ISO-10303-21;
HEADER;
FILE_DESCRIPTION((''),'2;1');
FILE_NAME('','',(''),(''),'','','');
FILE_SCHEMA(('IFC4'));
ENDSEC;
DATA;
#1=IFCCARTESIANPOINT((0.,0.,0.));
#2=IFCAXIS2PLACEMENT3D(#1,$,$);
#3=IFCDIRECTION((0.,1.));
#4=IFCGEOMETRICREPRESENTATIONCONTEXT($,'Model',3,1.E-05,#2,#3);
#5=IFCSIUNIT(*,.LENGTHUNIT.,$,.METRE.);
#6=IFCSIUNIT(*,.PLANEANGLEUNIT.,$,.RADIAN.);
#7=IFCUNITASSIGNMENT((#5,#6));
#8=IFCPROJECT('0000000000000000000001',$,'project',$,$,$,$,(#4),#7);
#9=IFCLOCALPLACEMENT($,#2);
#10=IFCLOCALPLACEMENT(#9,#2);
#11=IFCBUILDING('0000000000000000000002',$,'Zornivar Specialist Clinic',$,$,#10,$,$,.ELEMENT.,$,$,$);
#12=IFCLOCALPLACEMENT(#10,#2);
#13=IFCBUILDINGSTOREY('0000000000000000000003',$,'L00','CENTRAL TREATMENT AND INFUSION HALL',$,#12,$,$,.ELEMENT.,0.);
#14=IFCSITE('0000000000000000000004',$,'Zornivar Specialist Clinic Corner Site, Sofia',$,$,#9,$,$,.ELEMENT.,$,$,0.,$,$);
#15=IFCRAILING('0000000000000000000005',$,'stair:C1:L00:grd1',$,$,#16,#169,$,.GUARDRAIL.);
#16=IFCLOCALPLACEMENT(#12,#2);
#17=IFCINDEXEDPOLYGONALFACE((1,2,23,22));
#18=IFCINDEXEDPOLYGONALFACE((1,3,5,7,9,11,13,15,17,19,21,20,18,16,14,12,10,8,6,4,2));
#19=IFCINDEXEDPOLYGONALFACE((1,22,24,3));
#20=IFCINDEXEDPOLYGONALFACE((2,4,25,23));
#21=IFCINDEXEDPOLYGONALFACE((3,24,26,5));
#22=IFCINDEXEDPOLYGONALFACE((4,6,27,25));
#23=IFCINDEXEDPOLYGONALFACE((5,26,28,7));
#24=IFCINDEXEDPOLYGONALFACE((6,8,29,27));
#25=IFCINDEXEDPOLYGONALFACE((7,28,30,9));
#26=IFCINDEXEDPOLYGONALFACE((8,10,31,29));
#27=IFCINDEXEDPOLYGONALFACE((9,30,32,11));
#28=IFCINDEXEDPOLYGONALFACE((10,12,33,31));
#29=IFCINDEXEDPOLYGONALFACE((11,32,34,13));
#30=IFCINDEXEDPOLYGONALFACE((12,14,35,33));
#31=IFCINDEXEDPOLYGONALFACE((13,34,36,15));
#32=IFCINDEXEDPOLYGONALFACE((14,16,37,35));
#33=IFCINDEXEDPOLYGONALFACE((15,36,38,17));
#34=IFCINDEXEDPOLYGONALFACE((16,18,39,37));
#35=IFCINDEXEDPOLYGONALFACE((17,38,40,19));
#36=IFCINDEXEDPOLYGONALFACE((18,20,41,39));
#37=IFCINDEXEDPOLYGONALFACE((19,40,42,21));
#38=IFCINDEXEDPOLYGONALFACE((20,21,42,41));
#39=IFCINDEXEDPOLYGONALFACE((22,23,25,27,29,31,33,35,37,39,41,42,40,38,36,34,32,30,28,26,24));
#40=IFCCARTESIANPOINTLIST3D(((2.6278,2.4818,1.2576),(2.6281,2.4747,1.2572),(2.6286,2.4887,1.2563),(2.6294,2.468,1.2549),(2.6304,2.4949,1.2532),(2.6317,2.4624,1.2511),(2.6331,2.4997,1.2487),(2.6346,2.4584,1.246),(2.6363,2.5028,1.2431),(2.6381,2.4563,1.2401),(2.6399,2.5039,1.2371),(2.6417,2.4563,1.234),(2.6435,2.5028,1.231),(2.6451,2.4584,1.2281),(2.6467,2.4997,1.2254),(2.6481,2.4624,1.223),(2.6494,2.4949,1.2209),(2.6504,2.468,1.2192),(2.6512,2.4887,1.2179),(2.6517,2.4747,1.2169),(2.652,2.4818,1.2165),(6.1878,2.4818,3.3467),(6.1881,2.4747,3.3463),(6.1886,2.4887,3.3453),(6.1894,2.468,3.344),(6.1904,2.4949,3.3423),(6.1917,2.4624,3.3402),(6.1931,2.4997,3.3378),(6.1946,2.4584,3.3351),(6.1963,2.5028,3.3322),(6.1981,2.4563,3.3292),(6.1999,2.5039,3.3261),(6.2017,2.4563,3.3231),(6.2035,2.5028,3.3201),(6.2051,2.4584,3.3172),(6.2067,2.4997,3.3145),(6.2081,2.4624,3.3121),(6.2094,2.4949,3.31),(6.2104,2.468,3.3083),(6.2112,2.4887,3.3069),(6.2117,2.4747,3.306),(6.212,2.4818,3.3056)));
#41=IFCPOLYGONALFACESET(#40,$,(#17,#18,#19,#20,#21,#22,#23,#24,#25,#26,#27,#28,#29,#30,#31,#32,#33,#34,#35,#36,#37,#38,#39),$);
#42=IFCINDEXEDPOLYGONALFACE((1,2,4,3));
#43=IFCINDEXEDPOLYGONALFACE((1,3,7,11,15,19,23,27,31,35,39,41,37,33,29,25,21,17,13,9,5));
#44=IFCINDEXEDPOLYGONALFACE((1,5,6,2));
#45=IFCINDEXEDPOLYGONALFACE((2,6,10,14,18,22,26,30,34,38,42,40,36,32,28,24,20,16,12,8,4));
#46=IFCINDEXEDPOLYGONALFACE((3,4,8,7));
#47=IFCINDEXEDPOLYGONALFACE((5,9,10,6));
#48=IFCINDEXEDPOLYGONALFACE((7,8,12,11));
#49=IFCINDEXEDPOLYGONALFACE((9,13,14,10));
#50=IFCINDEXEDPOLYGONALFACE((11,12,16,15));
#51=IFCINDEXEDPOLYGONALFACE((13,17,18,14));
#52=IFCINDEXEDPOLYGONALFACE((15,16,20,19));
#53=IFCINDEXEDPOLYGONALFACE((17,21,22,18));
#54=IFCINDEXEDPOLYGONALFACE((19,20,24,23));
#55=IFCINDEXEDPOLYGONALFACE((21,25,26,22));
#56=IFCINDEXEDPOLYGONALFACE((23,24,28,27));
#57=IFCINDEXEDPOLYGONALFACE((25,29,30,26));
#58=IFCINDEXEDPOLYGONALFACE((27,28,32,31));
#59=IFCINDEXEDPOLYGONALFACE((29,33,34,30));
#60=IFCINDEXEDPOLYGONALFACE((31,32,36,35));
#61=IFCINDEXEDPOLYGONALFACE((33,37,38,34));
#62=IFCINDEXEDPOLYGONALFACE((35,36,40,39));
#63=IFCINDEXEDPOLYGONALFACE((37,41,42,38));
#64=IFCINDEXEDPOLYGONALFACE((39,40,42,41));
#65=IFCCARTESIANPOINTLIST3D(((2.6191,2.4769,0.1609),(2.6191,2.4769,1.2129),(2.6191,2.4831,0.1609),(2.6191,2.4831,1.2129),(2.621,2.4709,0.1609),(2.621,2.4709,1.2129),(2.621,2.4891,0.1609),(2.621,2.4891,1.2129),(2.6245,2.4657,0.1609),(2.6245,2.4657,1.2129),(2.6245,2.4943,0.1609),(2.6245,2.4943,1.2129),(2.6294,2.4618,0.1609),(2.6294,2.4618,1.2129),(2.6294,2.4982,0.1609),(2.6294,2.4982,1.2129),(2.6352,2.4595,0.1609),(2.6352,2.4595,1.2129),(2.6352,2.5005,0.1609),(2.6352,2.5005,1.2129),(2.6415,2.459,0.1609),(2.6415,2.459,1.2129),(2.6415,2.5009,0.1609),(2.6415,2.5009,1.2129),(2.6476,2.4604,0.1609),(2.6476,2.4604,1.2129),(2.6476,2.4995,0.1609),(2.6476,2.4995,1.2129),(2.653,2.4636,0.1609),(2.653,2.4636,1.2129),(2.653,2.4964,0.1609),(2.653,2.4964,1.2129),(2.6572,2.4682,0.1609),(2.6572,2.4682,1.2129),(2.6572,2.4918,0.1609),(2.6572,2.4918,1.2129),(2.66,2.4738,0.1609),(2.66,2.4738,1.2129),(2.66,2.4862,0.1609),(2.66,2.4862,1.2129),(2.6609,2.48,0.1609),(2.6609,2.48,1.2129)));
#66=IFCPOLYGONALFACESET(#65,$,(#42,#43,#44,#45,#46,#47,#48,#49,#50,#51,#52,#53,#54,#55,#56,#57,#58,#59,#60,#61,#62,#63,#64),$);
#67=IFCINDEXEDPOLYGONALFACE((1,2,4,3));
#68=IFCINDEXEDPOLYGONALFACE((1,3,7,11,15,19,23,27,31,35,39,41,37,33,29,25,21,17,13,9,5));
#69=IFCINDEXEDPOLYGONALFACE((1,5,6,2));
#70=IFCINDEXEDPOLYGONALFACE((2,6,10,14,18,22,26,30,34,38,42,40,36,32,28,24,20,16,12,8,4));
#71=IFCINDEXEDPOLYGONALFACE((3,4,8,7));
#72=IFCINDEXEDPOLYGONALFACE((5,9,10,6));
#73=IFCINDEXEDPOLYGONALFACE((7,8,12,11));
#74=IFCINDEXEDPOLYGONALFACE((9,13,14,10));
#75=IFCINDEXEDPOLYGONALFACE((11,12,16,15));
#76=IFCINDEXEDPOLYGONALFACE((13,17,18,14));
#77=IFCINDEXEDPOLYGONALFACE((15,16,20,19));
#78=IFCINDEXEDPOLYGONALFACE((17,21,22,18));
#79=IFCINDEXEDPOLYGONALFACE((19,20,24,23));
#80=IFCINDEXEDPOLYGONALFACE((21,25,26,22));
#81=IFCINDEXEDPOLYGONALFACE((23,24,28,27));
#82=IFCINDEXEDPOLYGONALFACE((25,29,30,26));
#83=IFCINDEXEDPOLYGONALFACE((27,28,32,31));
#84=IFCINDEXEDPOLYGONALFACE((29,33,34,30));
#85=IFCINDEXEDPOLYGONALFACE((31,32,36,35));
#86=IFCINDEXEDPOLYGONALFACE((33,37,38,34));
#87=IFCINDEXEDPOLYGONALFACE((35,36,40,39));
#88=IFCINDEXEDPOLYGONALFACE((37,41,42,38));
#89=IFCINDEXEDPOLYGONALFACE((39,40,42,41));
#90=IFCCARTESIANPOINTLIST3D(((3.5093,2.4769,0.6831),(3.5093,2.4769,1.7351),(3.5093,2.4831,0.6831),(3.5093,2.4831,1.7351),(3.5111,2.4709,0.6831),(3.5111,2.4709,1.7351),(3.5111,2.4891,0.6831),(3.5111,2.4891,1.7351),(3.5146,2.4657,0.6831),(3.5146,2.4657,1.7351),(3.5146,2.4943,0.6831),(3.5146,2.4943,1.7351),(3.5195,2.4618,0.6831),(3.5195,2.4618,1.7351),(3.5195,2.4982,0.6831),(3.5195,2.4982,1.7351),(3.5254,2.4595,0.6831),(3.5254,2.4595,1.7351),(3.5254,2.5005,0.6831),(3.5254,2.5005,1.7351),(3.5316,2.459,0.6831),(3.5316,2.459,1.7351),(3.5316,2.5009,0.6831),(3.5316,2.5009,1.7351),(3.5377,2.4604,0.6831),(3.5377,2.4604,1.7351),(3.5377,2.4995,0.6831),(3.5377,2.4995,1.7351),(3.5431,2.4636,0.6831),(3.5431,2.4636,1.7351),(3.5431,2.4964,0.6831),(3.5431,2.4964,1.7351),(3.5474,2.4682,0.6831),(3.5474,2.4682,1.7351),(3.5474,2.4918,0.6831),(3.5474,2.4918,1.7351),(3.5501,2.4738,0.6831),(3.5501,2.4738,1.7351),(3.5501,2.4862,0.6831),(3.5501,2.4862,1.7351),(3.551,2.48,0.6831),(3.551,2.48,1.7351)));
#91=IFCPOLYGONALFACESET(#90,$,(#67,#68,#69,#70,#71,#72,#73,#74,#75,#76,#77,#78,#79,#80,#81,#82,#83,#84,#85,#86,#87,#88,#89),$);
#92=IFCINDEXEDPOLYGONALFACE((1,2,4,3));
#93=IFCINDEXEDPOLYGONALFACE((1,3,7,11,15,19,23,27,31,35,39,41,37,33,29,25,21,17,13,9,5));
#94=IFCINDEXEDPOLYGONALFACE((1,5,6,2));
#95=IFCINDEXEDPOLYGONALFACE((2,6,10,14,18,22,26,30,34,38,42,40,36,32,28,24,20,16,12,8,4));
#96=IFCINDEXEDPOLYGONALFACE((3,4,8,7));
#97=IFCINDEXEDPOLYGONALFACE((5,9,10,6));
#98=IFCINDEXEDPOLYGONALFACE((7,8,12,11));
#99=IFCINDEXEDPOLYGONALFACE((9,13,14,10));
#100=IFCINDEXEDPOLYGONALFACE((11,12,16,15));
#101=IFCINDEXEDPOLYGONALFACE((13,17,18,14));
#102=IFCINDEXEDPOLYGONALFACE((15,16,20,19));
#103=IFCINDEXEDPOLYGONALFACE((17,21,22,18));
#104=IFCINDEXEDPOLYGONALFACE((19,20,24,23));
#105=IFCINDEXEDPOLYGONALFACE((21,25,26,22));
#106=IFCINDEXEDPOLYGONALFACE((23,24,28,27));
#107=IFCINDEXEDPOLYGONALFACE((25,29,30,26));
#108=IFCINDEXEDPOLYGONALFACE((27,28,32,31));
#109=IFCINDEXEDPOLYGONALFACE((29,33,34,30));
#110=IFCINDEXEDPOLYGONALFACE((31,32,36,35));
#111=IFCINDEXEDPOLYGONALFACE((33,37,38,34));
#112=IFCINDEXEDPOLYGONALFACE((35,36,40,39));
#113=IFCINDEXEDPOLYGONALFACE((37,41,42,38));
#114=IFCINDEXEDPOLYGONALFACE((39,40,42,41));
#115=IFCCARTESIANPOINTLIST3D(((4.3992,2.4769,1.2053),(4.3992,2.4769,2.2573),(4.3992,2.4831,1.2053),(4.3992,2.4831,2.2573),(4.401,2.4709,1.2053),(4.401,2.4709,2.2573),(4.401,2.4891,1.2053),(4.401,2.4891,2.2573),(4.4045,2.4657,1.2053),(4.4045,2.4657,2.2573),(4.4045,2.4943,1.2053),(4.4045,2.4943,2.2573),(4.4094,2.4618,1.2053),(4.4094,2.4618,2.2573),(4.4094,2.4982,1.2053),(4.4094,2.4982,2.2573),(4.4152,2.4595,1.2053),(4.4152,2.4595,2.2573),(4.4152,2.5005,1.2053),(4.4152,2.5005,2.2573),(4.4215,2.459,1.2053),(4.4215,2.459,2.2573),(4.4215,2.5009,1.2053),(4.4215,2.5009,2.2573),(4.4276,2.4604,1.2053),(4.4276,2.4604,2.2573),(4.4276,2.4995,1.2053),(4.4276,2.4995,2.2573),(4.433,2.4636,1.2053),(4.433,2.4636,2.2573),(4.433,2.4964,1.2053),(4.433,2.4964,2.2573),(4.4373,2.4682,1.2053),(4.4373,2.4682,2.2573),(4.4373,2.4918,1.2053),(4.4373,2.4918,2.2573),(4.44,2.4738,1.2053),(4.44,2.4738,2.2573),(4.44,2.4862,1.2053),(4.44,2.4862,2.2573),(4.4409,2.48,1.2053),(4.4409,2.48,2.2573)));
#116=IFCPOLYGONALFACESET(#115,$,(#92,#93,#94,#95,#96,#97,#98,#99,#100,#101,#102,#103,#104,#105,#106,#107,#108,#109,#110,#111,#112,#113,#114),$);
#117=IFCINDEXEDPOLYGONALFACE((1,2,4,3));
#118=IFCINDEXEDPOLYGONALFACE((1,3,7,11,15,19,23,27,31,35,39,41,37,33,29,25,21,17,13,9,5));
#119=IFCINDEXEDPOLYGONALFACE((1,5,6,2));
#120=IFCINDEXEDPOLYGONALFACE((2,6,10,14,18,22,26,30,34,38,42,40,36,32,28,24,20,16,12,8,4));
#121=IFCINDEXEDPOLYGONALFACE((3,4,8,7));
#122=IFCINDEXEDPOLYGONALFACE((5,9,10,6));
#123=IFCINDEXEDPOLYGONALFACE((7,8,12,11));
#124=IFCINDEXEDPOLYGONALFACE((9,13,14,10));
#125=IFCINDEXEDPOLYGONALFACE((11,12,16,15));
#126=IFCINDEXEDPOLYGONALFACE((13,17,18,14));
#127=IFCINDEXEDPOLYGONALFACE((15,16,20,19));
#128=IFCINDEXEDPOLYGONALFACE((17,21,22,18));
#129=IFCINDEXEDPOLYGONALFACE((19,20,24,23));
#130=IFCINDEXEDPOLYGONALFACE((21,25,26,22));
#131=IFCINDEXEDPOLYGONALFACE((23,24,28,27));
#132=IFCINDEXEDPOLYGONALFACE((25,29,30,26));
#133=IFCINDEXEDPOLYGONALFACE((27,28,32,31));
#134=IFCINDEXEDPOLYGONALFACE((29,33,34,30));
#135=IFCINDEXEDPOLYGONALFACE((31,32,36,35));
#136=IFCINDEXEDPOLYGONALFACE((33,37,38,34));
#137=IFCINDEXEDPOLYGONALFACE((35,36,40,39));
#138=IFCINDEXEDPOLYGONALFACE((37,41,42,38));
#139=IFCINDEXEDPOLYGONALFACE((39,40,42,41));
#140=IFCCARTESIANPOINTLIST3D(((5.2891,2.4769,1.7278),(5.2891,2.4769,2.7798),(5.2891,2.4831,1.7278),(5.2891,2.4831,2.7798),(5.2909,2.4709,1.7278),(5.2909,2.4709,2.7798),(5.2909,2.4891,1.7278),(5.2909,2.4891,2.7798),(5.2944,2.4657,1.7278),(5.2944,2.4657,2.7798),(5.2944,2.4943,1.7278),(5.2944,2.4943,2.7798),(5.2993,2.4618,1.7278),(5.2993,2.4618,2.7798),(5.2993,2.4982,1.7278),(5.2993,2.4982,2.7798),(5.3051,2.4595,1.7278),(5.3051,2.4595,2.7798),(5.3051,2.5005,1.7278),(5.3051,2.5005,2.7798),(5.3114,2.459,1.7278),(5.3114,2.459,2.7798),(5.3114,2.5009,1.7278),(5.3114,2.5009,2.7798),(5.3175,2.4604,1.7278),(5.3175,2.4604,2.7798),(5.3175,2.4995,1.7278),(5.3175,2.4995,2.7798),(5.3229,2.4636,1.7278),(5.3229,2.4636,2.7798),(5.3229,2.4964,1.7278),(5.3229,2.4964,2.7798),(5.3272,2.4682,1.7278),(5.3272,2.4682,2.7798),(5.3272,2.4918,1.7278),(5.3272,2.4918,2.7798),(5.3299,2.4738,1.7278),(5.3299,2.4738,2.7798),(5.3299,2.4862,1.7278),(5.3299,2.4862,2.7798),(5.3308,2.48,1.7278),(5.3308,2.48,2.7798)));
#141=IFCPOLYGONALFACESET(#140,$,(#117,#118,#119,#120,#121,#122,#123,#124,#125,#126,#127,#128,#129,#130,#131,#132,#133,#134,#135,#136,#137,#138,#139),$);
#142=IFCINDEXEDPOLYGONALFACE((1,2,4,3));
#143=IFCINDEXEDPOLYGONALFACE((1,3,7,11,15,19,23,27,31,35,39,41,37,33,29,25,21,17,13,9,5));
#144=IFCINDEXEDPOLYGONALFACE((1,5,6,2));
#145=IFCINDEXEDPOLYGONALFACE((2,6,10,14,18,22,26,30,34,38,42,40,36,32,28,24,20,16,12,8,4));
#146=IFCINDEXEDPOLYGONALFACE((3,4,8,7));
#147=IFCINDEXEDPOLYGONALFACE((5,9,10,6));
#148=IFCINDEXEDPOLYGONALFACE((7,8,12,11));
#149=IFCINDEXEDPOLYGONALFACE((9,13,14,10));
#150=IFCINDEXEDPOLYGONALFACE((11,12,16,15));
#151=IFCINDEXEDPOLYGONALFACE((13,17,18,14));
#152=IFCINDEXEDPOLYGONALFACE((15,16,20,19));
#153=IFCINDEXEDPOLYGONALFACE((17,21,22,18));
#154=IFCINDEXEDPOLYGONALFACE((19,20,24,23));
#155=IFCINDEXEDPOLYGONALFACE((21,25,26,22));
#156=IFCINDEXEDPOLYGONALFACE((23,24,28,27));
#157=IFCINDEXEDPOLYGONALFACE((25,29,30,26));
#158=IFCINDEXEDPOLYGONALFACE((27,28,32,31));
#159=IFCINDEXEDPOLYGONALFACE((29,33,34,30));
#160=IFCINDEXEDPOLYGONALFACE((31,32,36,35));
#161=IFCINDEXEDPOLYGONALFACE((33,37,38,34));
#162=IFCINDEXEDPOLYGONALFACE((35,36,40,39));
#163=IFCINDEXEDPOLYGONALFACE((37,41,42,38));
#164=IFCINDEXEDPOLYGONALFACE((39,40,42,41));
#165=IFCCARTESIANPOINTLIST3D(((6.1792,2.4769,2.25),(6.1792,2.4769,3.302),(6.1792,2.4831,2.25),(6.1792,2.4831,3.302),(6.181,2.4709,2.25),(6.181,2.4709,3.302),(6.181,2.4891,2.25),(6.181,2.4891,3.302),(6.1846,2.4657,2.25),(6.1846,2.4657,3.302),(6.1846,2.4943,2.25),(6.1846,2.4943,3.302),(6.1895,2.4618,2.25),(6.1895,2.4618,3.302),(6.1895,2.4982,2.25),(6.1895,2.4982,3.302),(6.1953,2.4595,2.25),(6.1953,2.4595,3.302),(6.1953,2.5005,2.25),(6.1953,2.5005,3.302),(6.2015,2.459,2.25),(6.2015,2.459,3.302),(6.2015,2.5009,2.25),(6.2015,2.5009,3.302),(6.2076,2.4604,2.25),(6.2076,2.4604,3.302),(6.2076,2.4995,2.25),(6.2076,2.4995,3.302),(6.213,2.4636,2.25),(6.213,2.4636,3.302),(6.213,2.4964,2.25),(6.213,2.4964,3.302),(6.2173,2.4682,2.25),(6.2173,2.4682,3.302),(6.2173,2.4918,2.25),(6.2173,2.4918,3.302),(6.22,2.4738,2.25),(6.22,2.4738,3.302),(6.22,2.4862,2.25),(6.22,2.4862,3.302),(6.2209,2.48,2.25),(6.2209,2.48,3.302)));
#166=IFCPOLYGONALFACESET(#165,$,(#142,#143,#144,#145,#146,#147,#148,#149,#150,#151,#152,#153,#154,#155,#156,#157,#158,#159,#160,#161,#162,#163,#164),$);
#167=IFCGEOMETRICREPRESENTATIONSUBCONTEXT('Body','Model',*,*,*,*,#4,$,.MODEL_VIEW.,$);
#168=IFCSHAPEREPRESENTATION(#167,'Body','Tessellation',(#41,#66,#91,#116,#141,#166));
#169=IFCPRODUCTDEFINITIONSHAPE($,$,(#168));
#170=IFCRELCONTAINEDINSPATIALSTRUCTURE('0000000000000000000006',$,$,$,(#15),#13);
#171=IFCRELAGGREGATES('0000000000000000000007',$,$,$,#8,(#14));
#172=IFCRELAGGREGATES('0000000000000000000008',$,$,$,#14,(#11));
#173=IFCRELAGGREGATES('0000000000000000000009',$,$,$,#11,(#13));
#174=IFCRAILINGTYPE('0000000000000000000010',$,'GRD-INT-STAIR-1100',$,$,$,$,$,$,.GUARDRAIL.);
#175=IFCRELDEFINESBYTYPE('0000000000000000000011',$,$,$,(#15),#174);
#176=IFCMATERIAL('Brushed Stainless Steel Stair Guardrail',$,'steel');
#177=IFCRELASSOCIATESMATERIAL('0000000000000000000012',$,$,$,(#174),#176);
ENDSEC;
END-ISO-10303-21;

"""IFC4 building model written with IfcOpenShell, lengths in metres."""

from ifc_helpers import new_model, si_unit, direction, frame, origin, origin_2d, place, context, subcontext, project, spatial, circle, extrude, material, type_object, element, save


model = new_model("IFC4")

# Units and contexts
model_context = context("Model", 3, precision=1e-05, world=origin(), true_north=direction((0.0, 1.0)))
body_context = subcontext(model_context, "Body", "Model", "MODEL_VIEW")
ifc_project = project(units=[si_unit("LENGTHUNIT", "METRE"), si_unit("PLANEANGLEUNIT", "RADIAN")], contexts=[model_context])

# Site, building, storey
site_placement = place(None, origin())
site = spatial("IfcSite", under=ifc_project, at=site_placement, Name="Zornivar Specialist Clinic Corner Site, Sofia", CompositionType="ELEMENT", RefElevation=0.0)
building_placement = place(site_placement, origin())
building = spatial("IfcBuilding", under=site, at=building_placement, Name="Zornivar Specialist Clinic", CompositionType="ELEMENT")
storey_placement = place(building_placement, origin())
storey = spatial("IfcBuildingStorey", under=building, at=storey_placement, Name="L00", Description="CENTRAL TREATMENT AND INFUSION HALL", CompositionType="ELEMENT", Elevation=0.0)

# Railing
ifc_material_1 = material(Name="Brushed Stainless Steel Stair Guardrail", Category="steel")
railing_type_1 = type_object("IfcRailingType", Name="GRD-INT-STAIR-1100", PredefinedType="GUARDRAIL", material=ifc_material_1)
railing_1_placement = place(storey_placement, frame((2.6399, 2.48, 0.1609)))
element("IfcRailing", 1, at=railing_1_placement, inside=storey, type_object=railing_type_1, Name="stair:C1:L00:grd1", PredefinedType="GUARDRAIL", context=body_context, shape_type="SweptSolid", body=[
    extrude(circle(Radius=0.0239, at=origin_2d()), frame((0.0, 0.0, 1.0762), z_axis=(0.862467, 0.0, 0.506113), x_axis=(0.0, 1.0, 0.0)), (0.0, 0.0, 1.0), 4.1277),
    extrude(circle(Radius=0.021, at=origin_2d()), origin(), (0.0, 0.0, 1.0), 1.052),
    extrude(circle(Radius=0.021, at=origin_2d()), frame((0.8901, 0.0, 0.5222)), (0.0, 0.0, 1.0), 1.052),
    extrude(circle(Radius=0.021, at=origin_2d()), frame((1.78, 0.0, 1.0444)), (0.0, 0.0, 1.0), 1.052),
    extrude(circle(Radius=0.021, at=origin_2d()), frame((2.6699, 0.0, 1.5669)), (0.0, 0.0, 1.0), 1.052),
    extrude(circle(Radius=0.021, at=origin_2d()), frame((3.5601, 0.0, 2.0891)), (0.0, 0.0, 1.0), 1.052),
])

save(model, "model.ifc")
